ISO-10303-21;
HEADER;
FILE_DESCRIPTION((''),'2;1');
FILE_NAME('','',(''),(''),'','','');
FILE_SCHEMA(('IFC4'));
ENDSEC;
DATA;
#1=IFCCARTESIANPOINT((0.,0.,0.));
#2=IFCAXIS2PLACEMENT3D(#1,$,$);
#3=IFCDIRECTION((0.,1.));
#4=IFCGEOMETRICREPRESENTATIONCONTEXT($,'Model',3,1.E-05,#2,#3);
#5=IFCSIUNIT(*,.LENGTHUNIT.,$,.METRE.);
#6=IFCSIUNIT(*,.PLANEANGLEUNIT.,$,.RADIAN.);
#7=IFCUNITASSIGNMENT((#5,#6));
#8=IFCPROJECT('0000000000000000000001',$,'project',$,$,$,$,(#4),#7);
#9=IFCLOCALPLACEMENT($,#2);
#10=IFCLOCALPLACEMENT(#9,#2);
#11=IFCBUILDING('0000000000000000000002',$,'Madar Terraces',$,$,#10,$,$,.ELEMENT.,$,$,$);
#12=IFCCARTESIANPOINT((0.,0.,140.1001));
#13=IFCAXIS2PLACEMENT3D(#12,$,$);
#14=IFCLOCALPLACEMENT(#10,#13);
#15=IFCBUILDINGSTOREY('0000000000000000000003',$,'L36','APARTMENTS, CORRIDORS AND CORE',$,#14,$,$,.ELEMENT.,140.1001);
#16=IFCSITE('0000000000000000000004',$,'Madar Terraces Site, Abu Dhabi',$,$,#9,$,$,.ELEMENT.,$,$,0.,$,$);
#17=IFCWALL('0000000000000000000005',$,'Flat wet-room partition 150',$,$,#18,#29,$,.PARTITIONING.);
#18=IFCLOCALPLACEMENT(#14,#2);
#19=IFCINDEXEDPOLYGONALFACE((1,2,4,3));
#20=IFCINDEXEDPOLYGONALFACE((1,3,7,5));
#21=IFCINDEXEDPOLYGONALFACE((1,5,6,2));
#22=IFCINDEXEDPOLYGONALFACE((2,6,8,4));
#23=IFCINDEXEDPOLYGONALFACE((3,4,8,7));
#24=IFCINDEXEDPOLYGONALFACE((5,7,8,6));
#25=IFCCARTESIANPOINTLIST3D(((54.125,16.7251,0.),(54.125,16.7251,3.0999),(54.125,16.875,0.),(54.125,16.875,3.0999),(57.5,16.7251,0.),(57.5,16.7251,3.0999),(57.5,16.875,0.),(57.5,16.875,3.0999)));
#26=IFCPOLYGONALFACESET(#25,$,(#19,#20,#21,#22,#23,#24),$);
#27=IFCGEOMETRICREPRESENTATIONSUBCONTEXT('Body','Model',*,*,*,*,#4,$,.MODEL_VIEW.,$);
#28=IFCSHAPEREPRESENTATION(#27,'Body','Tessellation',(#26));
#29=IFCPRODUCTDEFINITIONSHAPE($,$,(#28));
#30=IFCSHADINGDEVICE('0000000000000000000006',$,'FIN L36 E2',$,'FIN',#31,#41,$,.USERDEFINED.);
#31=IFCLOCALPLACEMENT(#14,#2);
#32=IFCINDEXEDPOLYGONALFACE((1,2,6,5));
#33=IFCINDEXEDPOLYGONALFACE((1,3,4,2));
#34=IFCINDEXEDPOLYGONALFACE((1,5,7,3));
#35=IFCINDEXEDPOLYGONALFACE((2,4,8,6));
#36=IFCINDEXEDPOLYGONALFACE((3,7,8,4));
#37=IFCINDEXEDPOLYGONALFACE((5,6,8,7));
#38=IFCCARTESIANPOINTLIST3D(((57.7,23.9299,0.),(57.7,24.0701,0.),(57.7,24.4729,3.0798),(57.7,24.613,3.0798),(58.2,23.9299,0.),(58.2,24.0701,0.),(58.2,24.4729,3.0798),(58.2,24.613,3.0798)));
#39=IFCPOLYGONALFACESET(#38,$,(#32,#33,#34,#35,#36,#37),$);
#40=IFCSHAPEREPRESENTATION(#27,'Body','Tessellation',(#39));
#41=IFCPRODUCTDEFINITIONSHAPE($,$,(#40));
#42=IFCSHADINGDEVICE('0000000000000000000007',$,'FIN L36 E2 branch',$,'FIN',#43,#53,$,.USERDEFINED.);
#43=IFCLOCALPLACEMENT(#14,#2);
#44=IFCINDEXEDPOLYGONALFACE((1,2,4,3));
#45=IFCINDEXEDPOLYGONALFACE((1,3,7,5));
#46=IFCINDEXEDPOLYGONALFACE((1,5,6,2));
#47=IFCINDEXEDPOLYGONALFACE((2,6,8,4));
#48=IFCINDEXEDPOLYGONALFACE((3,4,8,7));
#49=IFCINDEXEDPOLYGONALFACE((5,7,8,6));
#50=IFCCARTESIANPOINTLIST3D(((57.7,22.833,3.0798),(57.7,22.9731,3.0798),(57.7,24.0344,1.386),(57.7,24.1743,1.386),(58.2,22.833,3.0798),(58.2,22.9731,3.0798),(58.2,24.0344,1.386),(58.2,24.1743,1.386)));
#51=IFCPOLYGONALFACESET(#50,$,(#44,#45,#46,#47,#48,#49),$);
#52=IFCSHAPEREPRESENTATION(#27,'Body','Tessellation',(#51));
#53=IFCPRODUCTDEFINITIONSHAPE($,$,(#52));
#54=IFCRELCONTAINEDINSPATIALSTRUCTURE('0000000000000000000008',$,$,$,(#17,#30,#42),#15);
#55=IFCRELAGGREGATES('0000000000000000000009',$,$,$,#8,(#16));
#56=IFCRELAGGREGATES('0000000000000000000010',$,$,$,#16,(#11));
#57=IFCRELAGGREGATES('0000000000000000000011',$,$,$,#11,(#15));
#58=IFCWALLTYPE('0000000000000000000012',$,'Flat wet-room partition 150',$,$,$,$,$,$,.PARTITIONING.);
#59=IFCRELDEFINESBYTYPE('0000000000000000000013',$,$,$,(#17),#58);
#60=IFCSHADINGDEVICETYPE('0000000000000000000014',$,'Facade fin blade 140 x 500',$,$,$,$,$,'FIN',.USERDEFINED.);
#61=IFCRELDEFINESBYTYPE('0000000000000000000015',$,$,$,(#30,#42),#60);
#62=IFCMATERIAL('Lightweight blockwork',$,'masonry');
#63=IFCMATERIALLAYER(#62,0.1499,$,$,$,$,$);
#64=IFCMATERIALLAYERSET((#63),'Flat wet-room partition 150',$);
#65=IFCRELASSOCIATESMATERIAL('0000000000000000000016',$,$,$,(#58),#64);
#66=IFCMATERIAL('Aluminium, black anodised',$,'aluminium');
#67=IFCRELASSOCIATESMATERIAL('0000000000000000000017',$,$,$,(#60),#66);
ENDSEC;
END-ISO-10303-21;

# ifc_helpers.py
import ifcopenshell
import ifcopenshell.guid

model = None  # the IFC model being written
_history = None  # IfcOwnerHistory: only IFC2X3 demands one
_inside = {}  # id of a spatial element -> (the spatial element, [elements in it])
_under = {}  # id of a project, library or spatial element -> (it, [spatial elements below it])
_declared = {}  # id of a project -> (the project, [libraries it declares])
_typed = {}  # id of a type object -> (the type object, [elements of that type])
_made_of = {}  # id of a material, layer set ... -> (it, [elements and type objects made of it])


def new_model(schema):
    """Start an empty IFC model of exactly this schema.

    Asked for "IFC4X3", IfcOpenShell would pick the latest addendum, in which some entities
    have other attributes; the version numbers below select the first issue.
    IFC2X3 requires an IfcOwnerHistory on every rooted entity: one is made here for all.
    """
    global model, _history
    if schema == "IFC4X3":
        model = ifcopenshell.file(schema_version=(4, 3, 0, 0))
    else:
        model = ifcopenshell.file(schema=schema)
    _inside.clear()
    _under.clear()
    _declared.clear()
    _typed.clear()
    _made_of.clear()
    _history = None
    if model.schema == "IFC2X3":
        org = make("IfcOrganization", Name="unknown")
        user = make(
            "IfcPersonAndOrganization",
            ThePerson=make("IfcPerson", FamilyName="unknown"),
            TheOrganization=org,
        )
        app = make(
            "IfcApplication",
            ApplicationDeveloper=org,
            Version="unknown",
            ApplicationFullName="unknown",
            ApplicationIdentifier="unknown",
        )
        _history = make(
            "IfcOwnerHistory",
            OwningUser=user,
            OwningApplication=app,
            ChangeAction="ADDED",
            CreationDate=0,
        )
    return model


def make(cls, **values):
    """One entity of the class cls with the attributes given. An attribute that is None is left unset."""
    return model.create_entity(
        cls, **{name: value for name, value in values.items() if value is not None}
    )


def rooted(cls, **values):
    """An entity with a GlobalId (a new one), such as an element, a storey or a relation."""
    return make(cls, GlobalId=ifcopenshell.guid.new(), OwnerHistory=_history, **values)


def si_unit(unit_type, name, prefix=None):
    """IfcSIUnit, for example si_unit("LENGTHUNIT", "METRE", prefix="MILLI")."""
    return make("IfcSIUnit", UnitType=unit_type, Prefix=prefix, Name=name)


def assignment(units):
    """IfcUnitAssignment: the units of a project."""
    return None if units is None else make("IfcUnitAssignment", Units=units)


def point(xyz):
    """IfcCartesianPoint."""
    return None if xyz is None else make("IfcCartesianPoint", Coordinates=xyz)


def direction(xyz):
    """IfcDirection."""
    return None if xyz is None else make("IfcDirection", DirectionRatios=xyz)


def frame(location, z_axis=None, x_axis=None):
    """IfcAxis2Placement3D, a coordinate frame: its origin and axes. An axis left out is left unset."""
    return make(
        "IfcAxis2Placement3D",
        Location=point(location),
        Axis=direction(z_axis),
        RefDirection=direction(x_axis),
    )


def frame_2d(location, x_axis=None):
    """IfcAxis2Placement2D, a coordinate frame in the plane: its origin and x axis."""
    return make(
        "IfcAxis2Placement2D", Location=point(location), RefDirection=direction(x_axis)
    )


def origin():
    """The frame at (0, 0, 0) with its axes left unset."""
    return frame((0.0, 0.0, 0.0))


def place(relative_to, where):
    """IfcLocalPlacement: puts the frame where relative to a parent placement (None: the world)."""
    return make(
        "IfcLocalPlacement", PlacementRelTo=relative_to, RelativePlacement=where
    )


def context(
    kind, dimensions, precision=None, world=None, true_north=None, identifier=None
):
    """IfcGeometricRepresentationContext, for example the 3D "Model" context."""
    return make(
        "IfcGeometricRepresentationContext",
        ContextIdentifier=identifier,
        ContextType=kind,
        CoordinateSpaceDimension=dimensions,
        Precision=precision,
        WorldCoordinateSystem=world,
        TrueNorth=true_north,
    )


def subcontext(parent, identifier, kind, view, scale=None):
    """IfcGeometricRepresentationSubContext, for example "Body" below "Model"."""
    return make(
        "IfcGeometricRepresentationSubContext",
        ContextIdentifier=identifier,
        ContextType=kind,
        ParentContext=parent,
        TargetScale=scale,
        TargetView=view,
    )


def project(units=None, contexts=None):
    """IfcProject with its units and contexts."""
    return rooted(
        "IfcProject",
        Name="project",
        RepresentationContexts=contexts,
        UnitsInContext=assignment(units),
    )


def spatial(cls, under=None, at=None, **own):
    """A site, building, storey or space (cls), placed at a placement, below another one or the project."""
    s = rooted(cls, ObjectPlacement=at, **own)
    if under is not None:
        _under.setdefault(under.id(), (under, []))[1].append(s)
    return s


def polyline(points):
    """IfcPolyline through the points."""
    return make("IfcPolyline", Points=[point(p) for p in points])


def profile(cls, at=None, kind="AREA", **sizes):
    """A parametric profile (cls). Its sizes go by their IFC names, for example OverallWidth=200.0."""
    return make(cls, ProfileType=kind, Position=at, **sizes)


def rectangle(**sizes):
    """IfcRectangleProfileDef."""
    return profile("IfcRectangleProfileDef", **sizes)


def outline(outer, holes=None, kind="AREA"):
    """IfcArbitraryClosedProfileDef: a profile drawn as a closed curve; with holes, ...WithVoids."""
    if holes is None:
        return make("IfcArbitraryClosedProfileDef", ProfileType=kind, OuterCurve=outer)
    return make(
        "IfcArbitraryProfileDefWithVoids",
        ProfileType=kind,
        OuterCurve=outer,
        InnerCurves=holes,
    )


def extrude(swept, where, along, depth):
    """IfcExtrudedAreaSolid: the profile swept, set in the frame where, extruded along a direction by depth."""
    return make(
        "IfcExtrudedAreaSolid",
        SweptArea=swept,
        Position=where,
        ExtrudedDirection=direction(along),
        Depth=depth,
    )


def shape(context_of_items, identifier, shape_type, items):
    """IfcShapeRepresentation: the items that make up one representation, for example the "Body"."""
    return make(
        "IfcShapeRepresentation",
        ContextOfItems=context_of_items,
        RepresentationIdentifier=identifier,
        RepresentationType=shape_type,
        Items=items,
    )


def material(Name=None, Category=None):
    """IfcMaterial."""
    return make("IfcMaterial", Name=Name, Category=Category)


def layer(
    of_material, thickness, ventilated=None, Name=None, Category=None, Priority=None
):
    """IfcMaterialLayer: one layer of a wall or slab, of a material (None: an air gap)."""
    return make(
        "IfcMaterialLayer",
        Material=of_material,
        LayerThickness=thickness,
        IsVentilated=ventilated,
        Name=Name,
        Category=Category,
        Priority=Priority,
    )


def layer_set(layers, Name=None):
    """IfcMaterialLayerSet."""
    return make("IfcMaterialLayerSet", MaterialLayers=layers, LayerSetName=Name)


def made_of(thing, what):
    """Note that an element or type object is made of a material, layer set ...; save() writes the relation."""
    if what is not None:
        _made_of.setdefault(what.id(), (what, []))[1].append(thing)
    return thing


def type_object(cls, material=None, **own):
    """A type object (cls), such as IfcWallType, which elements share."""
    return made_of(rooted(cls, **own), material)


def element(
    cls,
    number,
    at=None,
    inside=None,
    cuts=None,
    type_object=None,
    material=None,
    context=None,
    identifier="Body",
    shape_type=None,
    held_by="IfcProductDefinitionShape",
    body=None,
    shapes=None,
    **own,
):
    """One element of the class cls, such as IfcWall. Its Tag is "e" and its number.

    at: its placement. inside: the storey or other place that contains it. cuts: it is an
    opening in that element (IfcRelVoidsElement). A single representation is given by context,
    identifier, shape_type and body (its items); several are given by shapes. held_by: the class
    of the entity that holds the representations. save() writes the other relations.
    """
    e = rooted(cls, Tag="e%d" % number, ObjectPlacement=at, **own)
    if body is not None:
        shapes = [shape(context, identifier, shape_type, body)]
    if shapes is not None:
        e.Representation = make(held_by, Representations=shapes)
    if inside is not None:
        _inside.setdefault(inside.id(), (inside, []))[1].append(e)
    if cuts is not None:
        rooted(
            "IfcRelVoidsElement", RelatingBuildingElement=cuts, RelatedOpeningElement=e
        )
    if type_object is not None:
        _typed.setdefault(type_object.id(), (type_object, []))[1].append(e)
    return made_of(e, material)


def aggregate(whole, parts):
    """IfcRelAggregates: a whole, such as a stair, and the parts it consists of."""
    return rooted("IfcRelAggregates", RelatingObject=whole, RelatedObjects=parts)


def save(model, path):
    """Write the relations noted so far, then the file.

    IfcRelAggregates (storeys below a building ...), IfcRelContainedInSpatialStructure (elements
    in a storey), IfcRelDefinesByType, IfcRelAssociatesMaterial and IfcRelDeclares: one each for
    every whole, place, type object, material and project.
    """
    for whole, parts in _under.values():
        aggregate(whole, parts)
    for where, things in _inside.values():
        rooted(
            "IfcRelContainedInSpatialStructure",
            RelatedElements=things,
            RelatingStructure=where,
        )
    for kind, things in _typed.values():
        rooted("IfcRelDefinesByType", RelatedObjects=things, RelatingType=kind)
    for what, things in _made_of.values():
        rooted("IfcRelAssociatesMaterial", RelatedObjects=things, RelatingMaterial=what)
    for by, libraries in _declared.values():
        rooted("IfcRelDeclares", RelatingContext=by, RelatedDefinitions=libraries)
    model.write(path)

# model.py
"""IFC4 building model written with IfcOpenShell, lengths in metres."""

from ifc_helpers import new_model, si_unit, direction, frame, frame_2d, origin, place, context, subcontext, project, spatial, polyline, rectangle, outline, extrude, material, layer, layer_set, type_object, element, save


model = new_model("IFC4")

# Units and contexts
model_context = context("Model", 3, precision=1e-05, world=origin(), true_north=direction((0.0, 1.0)))
body_context = subcontext(model_context, "Body", "Model", "MODEL_VIEW")
ifc_project = project(units=[si_unit("LENGTHUNIT", "METRE"), si_unit("PLANEANGLEUNIT", "RADIAN")], contexts=[model_context])

# Site, building, storey
site_placement = place(None, origin())
site = spatial("IfcSite", under=ifc_project, at=site_placement, Name="Madar Terraces Site, Abu Dhabi", CompositionType="ELEMENT", RefElevation=0.0)
building_placement = place(site_placement, origin())
building = spatial("IfcBuilding", under=site, at=building_placement, Name="Madar Terraces", CompositionType="ELEMENT")
storey_placement = place(building_placement, frame((0.0, 0.0, 140.1001)))
storey = spatial("IfcBuildingStorey", under=building, at=storey_placement, Name="L36", Description="APARTMENTS, CORRIDORS AND CORE", CompositionType="ELEMENT", Elevation=140.1001)

# Wall
ifc_material_1 = material(Name="Lightweight blockwork", Category="masonry")
ifc_layer_1 = layer(ifc_material_1, 0.1499)
ifc_layer_set_1 = layer_set([ifc_layer_1], Name="Flat wet-room partition 150")
wall_type_1 = type_object("IfcWallType", Name="Flat wet-room partition 150", PredefinedType="PARTITIONING", material=ifc_layer_set_1)
wall_1_placement = place(storey_placement, frame((54.125, 16.8, 0.0), z_axis=(0.0, 0.0, 1.0), x_axis=(1.0, 0.0, 0.0)))
element("IfcWall", 1, at=wall_1_placement, inside=storey, type_object=wall_type_1, Name="Flat wet-room partition 150", PredefinedType="PARTITIONING", context=body_context, shape_type="SweptSolid", body=[
    extrude(rectangle(XDim=3.375, YDim=0.1499, at=frame_2d((1.6875, 0.0))), origin(), (0.0, 0.0, 1.0), 3.0999),
])

# Shading devices
ifc_material_2 = material(Name="Aluminium, black anodised", Category="aluminium")
shading_device_type = type_object("IfcShadingDeviceType", Name="Facade fin blade 140 x 500", ElementType="FIN", PredefinedType="USERDEFINED", material=ifc_material_2)
shading_device_1_placement = place(storey_placement, frame((57.95, 23.9299, 0.0), z_axis=(0.0, 0.0, 1.0), x_axis=(0.0, 1.0, 0.0)))
element("IfcShadingDevice", 2, at=shading_device_1_placement, inside=storey, type_object=shading_device_type, Name="FIN L36 E2", ObjectType="FIN", PredefinedType="USERDEFINED", context=body_context, shape_type="SweptSolid", body=[
    extrude(outline(polyline([(0.0, 0.0), (0.1401, 0.0), (0.6831, 3.0798), (0.543, 3.0798), (0.0, 0.0)])), frame((0.0, 0.25, 0.0), z_axis=(0.0, -1.0, 0.0), x_axis=(1.0, 0.0, 0.0)), (0.0, 0.0, 1.0), 0.5),
])
shading_device_2_placement = place(storey_placement, frame((57.95, 24.0344, 1.386), z_axis=(0.0, 0.0, 1.0), x_axis=(0.0, 1.0, 0.0)))
element("IfcShadingDevice", 3, at=shading_device_2_placement, inside=storey, type_object=shading_device_type, Name="FIN L36 E2 branch", ObjectType="FIN", PredefinedType="USERDEFINED", context=body_context, shape_type="SweptSolid", body=[
    extrude(outline(polyline([(0.0, 0.0), (0.1399, 0.0), (-1.0613, 1.6938), (-1.2014, 1.6938), (0.0, 0.0)])), frame((0.0, 0.25, 0.0), z_axis=(0.0, -1.0, 0.0), x_axis=(1.0, 0.0, 0.0)), (0.0, 0.0, 1.0), 0.5),
])

save(model, "model.ifc")
